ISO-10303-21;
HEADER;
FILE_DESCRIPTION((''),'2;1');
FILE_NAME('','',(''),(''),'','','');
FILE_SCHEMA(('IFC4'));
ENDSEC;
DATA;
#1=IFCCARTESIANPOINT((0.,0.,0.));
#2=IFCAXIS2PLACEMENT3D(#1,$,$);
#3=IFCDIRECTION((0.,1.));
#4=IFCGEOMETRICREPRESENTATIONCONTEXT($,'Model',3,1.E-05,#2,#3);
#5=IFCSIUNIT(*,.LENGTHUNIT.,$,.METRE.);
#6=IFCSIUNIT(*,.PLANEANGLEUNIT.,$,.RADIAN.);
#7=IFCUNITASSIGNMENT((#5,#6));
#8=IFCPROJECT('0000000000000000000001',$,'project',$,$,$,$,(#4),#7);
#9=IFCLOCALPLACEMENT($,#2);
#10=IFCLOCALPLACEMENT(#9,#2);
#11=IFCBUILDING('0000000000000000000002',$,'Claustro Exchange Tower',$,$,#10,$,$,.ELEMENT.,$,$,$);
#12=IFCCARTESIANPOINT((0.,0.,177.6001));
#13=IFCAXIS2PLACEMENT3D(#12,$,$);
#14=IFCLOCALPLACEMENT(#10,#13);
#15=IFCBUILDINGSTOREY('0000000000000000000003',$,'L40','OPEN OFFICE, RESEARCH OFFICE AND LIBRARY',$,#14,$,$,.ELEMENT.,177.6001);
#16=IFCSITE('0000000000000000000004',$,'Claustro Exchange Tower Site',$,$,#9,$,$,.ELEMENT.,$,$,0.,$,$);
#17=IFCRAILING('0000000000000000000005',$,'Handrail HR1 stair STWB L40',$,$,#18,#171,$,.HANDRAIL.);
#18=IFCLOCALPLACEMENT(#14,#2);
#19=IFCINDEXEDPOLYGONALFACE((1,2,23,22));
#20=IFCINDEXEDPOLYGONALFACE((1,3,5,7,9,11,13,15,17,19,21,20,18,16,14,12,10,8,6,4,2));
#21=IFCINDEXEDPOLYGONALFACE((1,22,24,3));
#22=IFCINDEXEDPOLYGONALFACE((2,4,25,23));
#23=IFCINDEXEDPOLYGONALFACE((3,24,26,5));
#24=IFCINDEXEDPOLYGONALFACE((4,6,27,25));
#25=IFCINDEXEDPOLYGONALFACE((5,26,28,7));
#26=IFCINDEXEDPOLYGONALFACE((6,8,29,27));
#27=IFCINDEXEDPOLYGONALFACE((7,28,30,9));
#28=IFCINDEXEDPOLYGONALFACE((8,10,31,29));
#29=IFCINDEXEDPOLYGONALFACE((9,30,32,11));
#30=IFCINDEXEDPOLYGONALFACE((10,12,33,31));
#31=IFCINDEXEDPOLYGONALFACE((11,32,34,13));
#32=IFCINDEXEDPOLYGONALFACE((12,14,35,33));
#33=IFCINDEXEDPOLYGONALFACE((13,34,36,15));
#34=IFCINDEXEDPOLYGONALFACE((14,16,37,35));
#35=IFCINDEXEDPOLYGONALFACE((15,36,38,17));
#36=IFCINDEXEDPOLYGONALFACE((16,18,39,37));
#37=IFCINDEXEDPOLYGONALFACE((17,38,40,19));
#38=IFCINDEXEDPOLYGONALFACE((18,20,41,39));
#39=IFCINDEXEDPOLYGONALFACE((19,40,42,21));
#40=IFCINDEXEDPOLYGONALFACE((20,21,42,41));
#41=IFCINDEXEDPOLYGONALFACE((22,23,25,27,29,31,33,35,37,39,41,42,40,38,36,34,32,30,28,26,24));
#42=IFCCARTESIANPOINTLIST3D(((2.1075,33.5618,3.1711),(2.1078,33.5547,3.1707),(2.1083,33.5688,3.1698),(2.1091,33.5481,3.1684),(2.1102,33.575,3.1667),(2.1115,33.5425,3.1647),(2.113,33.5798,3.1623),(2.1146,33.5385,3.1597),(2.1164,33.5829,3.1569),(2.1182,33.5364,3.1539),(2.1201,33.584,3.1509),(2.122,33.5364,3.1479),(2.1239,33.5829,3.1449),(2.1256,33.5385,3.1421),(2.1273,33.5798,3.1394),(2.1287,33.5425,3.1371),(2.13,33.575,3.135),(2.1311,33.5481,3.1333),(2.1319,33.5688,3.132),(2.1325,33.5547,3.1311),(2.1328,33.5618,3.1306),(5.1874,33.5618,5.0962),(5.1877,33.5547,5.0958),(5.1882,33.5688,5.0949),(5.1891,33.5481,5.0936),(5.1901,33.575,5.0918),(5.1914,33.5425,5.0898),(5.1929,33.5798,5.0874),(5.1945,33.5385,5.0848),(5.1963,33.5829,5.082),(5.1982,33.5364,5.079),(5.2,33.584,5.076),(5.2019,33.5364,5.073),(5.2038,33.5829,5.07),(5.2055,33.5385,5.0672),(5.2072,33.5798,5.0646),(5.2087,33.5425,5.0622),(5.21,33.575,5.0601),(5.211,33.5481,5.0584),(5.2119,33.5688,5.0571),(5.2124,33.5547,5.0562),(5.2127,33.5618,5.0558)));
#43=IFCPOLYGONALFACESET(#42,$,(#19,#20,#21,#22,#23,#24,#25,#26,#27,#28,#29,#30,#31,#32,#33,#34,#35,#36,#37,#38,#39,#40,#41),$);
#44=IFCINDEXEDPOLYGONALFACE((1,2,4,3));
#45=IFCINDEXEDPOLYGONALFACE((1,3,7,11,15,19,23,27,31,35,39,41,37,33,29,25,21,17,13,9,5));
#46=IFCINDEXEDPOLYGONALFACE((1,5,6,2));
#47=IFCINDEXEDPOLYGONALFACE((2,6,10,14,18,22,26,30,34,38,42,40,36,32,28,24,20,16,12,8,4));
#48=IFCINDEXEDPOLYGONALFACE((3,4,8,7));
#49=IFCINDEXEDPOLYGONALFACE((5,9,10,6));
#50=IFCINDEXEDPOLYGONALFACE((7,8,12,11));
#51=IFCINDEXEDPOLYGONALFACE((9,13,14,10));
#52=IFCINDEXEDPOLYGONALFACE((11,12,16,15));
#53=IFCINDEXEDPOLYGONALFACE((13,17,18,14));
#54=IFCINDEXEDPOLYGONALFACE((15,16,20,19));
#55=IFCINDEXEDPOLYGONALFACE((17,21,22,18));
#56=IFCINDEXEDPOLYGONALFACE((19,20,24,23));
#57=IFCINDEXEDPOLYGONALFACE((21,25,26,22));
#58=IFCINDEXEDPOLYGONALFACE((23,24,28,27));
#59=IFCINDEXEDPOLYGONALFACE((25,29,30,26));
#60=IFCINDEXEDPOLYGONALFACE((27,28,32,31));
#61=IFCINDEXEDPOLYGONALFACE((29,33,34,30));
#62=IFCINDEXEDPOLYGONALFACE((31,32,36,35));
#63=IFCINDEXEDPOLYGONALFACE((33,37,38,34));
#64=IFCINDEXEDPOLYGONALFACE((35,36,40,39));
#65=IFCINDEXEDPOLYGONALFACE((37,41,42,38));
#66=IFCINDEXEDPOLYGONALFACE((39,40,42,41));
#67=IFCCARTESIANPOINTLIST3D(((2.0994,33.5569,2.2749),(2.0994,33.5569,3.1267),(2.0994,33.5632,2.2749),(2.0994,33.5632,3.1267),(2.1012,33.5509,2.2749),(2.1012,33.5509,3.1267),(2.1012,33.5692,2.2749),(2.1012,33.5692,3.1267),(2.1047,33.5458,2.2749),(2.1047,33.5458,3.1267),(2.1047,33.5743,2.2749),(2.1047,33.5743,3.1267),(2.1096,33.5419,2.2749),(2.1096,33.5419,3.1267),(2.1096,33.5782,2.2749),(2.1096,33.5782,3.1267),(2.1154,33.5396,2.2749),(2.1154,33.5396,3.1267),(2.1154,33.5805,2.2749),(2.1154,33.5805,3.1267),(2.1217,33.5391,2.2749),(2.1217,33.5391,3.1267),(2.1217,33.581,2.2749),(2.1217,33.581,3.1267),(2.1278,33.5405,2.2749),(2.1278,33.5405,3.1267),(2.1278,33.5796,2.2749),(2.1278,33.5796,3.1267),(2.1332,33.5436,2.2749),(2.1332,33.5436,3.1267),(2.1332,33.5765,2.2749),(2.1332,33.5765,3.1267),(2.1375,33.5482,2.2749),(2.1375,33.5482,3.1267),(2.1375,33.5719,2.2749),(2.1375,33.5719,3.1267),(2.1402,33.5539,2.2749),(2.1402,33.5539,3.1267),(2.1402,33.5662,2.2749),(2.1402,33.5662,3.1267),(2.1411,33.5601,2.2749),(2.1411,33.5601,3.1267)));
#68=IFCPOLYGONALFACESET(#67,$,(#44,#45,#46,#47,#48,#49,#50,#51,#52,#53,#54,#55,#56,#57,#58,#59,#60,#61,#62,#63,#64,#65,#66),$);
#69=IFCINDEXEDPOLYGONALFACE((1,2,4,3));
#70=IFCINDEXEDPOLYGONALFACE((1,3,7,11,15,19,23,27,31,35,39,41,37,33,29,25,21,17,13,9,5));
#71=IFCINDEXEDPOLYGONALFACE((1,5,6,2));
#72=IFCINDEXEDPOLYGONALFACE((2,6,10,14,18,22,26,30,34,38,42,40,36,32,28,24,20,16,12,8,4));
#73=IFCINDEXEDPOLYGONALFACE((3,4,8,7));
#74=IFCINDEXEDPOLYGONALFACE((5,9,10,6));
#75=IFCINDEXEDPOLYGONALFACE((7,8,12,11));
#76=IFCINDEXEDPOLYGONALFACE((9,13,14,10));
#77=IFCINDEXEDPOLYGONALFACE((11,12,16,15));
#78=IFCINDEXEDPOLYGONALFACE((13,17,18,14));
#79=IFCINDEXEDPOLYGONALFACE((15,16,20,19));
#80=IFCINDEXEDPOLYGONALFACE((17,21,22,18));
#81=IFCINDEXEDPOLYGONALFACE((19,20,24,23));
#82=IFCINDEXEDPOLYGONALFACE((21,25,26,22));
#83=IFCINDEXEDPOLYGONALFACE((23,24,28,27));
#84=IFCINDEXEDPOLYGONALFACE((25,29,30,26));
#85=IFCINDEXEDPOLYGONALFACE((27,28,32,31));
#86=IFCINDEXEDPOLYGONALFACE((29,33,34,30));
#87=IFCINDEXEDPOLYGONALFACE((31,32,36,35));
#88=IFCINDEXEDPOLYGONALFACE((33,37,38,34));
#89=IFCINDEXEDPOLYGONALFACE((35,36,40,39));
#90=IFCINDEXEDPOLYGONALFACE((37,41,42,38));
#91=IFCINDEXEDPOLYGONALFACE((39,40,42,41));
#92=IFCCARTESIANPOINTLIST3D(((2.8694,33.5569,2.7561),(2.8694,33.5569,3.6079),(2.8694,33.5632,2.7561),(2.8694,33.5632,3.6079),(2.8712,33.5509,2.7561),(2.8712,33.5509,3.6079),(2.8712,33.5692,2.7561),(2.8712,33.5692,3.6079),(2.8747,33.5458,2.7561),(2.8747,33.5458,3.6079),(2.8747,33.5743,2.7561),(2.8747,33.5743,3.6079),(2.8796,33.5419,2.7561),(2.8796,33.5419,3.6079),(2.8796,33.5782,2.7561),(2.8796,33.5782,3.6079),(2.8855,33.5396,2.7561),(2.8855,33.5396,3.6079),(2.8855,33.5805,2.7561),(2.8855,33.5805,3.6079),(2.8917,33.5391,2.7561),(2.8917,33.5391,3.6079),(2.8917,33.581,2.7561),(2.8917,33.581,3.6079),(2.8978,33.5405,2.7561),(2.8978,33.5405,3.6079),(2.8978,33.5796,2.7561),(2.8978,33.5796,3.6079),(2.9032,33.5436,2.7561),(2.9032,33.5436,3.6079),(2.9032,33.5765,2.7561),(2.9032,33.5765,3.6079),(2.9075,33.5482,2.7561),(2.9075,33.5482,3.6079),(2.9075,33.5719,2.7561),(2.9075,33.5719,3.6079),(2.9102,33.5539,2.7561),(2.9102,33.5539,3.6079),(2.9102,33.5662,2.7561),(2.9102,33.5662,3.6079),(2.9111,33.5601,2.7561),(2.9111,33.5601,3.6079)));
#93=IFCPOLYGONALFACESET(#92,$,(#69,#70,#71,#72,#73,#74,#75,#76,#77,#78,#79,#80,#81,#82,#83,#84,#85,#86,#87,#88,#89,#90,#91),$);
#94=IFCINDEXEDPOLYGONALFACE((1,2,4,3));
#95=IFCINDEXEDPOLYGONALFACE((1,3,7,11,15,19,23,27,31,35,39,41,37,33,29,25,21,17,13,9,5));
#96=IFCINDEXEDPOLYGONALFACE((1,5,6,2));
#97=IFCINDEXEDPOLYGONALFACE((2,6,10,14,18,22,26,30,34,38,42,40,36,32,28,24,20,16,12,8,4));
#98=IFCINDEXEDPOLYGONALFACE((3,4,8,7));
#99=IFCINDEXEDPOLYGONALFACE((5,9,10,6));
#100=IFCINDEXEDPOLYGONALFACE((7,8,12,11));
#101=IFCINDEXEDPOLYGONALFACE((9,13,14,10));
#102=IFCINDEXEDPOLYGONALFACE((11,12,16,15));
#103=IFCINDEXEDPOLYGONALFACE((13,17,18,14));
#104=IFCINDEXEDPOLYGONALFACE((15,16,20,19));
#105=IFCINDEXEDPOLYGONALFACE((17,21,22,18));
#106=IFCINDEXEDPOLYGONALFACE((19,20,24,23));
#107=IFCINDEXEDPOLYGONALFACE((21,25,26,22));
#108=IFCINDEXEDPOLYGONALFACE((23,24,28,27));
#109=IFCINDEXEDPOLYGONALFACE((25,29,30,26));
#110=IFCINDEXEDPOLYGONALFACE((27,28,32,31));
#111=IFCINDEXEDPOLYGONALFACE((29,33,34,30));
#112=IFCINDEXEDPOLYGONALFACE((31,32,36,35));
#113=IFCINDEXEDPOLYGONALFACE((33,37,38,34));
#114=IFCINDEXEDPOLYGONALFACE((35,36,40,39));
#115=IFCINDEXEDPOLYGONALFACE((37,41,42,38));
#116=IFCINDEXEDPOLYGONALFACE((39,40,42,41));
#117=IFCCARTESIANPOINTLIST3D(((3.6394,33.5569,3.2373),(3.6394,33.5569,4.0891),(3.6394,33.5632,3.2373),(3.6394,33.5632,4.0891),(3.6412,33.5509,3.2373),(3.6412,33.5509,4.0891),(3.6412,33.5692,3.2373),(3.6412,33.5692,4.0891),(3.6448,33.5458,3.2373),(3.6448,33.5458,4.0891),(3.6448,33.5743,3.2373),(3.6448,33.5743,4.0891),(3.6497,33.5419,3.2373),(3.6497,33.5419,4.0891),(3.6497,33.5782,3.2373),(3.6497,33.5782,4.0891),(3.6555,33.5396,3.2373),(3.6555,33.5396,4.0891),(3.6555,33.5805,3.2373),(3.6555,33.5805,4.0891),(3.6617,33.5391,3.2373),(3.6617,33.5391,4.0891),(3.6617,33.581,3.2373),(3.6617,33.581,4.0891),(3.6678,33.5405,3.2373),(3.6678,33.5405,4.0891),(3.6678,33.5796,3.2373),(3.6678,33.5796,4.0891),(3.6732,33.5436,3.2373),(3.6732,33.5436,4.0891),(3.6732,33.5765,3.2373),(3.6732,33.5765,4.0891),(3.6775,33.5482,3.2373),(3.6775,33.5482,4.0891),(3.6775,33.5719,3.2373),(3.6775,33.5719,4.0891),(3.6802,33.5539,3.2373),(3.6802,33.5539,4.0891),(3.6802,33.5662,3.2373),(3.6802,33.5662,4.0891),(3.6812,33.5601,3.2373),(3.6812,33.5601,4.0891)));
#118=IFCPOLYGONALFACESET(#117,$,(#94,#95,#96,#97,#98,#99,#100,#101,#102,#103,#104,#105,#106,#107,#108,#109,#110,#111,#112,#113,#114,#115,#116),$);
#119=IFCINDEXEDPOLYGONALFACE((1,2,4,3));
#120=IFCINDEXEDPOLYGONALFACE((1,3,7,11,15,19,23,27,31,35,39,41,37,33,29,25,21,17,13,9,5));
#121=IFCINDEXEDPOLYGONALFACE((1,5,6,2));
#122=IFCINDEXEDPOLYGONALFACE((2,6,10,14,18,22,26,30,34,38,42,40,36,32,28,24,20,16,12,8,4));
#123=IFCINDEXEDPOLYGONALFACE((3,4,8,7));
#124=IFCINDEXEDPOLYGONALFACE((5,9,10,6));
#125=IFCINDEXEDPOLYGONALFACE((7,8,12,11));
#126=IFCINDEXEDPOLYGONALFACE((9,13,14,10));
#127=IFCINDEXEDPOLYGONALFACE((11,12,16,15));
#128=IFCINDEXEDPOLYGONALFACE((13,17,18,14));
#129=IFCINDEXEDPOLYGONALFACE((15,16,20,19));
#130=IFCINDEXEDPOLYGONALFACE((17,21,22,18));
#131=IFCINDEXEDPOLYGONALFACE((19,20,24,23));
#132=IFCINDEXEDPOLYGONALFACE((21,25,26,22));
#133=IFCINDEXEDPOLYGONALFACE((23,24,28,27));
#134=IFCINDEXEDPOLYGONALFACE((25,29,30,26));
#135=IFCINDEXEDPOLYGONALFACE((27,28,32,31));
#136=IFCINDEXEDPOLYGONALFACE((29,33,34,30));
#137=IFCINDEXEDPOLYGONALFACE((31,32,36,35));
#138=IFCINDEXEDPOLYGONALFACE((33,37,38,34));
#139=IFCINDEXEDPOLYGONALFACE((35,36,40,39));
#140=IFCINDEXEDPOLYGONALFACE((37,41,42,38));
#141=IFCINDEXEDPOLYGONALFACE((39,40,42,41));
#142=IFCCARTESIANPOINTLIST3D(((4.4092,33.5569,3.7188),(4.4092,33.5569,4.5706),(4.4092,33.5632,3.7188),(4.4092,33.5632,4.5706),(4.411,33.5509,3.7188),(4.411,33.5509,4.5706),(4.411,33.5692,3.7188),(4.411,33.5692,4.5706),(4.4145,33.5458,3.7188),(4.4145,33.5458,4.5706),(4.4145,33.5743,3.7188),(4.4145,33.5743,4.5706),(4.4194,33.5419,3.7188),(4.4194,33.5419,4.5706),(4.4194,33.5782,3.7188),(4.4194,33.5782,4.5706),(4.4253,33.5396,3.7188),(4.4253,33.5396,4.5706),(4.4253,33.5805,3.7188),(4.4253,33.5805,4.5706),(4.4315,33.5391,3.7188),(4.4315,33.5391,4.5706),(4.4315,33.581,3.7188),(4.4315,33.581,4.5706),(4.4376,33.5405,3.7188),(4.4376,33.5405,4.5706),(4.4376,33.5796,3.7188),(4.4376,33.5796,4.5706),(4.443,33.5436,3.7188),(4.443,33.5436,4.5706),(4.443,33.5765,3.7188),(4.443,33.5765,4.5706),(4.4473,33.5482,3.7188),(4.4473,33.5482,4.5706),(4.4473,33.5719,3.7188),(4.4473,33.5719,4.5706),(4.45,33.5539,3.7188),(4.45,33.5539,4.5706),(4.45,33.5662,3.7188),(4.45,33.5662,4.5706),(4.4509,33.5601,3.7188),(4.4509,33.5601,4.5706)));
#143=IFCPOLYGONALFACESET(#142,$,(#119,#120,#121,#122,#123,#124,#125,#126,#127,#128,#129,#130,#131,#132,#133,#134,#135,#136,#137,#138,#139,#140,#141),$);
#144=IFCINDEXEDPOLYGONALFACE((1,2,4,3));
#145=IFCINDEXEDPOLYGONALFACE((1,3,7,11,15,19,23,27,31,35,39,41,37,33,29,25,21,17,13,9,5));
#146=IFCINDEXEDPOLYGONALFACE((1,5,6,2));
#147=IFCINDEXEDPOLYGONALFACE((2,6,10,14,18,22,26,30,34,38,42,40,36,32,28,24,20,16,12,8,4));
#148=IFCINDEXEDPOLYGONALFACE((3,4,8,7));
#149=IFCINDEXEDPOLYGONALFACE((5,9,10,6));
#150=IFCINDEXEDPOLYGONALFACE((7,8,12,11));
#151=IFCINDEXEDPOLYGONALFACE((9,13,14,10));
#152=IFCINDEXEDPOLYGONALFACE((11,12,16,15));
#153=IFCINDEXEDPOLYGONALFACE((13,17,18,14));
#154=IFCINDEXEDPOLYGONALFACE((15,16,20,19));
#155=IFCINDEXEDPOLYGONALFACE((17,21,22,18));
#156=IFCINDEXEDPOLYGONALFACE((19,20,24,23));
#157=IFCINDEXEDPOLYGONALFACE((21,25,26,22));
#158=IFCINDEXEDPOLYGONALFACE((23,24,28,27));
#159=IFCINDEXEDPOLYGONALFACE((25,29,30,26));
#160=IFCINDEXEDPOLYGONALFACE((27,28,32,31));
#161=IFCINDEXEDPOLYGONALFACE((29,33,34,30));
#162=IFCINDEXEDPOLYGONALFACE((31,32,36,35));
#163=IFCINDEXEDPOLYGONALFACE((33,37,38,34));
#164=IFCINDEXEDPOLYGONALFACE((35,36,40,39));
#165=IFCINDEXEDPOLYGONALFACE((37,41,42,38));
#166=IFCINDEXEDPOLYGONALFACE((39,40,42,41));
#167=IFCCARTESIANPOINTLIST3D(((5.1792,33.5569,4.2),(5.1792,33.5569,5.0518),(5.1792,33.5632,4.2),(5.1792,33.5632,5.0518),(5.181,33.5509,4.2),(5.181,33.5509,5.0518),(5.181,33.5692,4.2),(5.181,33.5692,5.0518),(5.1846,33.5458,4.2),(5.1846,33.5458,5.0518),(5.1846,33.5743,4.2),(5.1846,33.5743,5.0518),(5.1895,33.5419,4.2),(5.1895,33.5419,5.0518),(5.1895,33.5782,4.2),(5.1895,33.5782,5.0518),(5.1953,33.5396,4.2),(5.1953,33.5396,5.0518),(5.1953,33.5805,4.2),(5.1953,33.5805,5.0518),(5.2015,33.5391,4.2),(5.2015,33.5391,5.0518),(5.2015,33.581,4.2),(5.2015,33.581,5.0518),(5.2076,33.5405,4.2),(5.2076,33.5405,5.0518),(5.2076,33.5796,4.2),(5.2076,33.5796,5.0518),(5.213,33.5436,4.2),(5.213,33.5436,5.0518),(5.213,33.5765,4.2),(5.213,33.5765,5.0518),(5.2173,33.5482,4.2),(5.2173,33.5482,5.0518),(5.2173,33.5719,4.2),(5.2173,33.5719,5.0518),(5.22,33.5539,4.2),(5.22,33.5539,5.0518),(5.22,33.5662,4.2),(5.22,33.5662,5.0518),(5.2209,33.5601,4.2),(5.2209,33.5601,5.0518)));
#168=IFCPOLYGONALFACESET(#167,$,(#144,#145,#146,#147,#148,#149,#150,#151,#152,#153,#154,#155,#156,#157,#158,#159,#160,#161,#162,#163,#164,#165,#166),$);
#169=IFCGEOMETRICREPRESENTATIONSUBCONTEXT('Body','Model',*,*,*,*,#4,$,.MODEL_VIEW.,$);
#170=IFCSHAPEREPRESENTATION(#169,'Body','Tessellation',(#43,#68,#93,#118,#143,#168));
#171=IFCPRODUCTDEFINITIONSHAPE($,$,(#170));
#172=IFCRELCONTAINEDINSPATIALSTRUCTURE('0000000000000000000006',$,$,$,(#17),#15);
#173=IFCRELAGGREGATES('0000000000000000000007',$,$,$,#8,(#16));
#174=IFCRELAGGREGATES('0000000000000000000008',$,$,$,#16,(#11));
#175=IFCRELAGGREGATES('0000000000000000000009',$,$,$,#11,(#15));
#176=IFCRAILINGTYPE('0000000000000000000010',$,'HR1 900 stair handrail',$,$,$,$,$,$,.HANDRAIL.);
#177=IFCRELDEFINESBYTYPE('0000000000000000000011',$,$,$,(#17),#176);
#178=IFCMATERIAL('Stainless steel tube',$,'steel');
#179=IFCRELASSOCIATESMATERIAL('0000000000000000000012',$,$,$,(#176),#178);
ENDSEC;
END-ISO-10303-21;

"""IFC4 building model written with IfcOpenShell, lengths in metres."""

from ifc_helpers import new_model, si_unit, direction, frame, origin, origin_2d, place, context, subcontext, project, spatial, circle, extrude, material, type_object, element, save


model = new_model("IFC4")

# Units and contexts
model_context = context("Model", 3, precision=1e-05, world=origin(), true_north=direction((0.0, 1.0)))
body_context = subcontext(model_context, "Body", "Model", "MODEL_VIEW")
ifc_project = project(units=[si_unit("LENGTHUNIT", "METRE"), si_unit("PLANEANGLEUNIT", "RADIAN")], contexts=[model_context])

# Site, building, storey
site_placement = place(None, origin())
site = spatial("IfcSite", under=ifc_project, at=site_placement, Name="Claustro Exchange Tower Site", CompositionType="ELEMENT", RefElevation=0.0)
building_placement = place(site_placement, origin())
building = spatial("IfcBuilding", under=site, at=building_placement, Name="Claustro Exchange Tower", CompositionType="ELEMENT")
storey_placement = place(building_placement, frame((0.0, 0.0, 177.6001)))
storey = spatial("IfcBuildingStorey", under=building, at=storey_placement, Name="L40", Description="OPEN OFFICE, RESEARCH OFFICE AND LIBRARY", CompositionType="ELEMENT", Elevation=177.6001)

# Railing
ifc_material_1 = material(Name="Stainless steel tube", Category="steel")
railing_type_1 = type_object("IfcRailingType", Name="HR1 900 stair handrail", PredefinedType="HANDRAIL", material=ifc_material_1)
railing_1_placement = place(storey_placement, frame((2.1201, 33.5601, 2.2749)))
element("IfcRailing", 1, at=railing_1_placement, inside=storey, type_object=railing_type_1, Name="Handrail HR1 stair STWB L40", PredefinedType="HANDRAIL", context=body_context, shape_type="SweptSolid", body=[
    extrude(circle(Radius=0.0239, at=origin_2d()), frame((0.0, 0.0, 0.876), z_axis=(0.847979, 0.0, 0.530029), x_axis=(0.0, 1.0, 0.0)), (0.0, 0.0, 1.0), 3.6321),
    extrude(circle(Radius=0.021, at=origin_2d()), origin(), (0.0, 0.0, 1.0), 0.8518),
    extrude(circle(Radius=0.021, at=origin_2d()), frame((0.77, 0.0, 0.4812)), (0.0, 0.0, 1.0), 0.8518),
    extrude(circle(Radius=0.021, at=origin_2d()), frame((1.54, 0.0, 0.9624)), (0.0, 0.0, 1.0), 0.8518),
    extrude(circle(Radius=0.021, at=origin_2d()), frame((2.3098, 0.0, 1.4438)), (0.0, 0.0, 1.0), 0.8518),
    extrude(circle(Radius=0.021, at=origin_2d()), frame((3.0798, 0.0, 1.925)), (0.0, 0.0, 1.0), 0.8518),
])

save(model, "model.ifc")
